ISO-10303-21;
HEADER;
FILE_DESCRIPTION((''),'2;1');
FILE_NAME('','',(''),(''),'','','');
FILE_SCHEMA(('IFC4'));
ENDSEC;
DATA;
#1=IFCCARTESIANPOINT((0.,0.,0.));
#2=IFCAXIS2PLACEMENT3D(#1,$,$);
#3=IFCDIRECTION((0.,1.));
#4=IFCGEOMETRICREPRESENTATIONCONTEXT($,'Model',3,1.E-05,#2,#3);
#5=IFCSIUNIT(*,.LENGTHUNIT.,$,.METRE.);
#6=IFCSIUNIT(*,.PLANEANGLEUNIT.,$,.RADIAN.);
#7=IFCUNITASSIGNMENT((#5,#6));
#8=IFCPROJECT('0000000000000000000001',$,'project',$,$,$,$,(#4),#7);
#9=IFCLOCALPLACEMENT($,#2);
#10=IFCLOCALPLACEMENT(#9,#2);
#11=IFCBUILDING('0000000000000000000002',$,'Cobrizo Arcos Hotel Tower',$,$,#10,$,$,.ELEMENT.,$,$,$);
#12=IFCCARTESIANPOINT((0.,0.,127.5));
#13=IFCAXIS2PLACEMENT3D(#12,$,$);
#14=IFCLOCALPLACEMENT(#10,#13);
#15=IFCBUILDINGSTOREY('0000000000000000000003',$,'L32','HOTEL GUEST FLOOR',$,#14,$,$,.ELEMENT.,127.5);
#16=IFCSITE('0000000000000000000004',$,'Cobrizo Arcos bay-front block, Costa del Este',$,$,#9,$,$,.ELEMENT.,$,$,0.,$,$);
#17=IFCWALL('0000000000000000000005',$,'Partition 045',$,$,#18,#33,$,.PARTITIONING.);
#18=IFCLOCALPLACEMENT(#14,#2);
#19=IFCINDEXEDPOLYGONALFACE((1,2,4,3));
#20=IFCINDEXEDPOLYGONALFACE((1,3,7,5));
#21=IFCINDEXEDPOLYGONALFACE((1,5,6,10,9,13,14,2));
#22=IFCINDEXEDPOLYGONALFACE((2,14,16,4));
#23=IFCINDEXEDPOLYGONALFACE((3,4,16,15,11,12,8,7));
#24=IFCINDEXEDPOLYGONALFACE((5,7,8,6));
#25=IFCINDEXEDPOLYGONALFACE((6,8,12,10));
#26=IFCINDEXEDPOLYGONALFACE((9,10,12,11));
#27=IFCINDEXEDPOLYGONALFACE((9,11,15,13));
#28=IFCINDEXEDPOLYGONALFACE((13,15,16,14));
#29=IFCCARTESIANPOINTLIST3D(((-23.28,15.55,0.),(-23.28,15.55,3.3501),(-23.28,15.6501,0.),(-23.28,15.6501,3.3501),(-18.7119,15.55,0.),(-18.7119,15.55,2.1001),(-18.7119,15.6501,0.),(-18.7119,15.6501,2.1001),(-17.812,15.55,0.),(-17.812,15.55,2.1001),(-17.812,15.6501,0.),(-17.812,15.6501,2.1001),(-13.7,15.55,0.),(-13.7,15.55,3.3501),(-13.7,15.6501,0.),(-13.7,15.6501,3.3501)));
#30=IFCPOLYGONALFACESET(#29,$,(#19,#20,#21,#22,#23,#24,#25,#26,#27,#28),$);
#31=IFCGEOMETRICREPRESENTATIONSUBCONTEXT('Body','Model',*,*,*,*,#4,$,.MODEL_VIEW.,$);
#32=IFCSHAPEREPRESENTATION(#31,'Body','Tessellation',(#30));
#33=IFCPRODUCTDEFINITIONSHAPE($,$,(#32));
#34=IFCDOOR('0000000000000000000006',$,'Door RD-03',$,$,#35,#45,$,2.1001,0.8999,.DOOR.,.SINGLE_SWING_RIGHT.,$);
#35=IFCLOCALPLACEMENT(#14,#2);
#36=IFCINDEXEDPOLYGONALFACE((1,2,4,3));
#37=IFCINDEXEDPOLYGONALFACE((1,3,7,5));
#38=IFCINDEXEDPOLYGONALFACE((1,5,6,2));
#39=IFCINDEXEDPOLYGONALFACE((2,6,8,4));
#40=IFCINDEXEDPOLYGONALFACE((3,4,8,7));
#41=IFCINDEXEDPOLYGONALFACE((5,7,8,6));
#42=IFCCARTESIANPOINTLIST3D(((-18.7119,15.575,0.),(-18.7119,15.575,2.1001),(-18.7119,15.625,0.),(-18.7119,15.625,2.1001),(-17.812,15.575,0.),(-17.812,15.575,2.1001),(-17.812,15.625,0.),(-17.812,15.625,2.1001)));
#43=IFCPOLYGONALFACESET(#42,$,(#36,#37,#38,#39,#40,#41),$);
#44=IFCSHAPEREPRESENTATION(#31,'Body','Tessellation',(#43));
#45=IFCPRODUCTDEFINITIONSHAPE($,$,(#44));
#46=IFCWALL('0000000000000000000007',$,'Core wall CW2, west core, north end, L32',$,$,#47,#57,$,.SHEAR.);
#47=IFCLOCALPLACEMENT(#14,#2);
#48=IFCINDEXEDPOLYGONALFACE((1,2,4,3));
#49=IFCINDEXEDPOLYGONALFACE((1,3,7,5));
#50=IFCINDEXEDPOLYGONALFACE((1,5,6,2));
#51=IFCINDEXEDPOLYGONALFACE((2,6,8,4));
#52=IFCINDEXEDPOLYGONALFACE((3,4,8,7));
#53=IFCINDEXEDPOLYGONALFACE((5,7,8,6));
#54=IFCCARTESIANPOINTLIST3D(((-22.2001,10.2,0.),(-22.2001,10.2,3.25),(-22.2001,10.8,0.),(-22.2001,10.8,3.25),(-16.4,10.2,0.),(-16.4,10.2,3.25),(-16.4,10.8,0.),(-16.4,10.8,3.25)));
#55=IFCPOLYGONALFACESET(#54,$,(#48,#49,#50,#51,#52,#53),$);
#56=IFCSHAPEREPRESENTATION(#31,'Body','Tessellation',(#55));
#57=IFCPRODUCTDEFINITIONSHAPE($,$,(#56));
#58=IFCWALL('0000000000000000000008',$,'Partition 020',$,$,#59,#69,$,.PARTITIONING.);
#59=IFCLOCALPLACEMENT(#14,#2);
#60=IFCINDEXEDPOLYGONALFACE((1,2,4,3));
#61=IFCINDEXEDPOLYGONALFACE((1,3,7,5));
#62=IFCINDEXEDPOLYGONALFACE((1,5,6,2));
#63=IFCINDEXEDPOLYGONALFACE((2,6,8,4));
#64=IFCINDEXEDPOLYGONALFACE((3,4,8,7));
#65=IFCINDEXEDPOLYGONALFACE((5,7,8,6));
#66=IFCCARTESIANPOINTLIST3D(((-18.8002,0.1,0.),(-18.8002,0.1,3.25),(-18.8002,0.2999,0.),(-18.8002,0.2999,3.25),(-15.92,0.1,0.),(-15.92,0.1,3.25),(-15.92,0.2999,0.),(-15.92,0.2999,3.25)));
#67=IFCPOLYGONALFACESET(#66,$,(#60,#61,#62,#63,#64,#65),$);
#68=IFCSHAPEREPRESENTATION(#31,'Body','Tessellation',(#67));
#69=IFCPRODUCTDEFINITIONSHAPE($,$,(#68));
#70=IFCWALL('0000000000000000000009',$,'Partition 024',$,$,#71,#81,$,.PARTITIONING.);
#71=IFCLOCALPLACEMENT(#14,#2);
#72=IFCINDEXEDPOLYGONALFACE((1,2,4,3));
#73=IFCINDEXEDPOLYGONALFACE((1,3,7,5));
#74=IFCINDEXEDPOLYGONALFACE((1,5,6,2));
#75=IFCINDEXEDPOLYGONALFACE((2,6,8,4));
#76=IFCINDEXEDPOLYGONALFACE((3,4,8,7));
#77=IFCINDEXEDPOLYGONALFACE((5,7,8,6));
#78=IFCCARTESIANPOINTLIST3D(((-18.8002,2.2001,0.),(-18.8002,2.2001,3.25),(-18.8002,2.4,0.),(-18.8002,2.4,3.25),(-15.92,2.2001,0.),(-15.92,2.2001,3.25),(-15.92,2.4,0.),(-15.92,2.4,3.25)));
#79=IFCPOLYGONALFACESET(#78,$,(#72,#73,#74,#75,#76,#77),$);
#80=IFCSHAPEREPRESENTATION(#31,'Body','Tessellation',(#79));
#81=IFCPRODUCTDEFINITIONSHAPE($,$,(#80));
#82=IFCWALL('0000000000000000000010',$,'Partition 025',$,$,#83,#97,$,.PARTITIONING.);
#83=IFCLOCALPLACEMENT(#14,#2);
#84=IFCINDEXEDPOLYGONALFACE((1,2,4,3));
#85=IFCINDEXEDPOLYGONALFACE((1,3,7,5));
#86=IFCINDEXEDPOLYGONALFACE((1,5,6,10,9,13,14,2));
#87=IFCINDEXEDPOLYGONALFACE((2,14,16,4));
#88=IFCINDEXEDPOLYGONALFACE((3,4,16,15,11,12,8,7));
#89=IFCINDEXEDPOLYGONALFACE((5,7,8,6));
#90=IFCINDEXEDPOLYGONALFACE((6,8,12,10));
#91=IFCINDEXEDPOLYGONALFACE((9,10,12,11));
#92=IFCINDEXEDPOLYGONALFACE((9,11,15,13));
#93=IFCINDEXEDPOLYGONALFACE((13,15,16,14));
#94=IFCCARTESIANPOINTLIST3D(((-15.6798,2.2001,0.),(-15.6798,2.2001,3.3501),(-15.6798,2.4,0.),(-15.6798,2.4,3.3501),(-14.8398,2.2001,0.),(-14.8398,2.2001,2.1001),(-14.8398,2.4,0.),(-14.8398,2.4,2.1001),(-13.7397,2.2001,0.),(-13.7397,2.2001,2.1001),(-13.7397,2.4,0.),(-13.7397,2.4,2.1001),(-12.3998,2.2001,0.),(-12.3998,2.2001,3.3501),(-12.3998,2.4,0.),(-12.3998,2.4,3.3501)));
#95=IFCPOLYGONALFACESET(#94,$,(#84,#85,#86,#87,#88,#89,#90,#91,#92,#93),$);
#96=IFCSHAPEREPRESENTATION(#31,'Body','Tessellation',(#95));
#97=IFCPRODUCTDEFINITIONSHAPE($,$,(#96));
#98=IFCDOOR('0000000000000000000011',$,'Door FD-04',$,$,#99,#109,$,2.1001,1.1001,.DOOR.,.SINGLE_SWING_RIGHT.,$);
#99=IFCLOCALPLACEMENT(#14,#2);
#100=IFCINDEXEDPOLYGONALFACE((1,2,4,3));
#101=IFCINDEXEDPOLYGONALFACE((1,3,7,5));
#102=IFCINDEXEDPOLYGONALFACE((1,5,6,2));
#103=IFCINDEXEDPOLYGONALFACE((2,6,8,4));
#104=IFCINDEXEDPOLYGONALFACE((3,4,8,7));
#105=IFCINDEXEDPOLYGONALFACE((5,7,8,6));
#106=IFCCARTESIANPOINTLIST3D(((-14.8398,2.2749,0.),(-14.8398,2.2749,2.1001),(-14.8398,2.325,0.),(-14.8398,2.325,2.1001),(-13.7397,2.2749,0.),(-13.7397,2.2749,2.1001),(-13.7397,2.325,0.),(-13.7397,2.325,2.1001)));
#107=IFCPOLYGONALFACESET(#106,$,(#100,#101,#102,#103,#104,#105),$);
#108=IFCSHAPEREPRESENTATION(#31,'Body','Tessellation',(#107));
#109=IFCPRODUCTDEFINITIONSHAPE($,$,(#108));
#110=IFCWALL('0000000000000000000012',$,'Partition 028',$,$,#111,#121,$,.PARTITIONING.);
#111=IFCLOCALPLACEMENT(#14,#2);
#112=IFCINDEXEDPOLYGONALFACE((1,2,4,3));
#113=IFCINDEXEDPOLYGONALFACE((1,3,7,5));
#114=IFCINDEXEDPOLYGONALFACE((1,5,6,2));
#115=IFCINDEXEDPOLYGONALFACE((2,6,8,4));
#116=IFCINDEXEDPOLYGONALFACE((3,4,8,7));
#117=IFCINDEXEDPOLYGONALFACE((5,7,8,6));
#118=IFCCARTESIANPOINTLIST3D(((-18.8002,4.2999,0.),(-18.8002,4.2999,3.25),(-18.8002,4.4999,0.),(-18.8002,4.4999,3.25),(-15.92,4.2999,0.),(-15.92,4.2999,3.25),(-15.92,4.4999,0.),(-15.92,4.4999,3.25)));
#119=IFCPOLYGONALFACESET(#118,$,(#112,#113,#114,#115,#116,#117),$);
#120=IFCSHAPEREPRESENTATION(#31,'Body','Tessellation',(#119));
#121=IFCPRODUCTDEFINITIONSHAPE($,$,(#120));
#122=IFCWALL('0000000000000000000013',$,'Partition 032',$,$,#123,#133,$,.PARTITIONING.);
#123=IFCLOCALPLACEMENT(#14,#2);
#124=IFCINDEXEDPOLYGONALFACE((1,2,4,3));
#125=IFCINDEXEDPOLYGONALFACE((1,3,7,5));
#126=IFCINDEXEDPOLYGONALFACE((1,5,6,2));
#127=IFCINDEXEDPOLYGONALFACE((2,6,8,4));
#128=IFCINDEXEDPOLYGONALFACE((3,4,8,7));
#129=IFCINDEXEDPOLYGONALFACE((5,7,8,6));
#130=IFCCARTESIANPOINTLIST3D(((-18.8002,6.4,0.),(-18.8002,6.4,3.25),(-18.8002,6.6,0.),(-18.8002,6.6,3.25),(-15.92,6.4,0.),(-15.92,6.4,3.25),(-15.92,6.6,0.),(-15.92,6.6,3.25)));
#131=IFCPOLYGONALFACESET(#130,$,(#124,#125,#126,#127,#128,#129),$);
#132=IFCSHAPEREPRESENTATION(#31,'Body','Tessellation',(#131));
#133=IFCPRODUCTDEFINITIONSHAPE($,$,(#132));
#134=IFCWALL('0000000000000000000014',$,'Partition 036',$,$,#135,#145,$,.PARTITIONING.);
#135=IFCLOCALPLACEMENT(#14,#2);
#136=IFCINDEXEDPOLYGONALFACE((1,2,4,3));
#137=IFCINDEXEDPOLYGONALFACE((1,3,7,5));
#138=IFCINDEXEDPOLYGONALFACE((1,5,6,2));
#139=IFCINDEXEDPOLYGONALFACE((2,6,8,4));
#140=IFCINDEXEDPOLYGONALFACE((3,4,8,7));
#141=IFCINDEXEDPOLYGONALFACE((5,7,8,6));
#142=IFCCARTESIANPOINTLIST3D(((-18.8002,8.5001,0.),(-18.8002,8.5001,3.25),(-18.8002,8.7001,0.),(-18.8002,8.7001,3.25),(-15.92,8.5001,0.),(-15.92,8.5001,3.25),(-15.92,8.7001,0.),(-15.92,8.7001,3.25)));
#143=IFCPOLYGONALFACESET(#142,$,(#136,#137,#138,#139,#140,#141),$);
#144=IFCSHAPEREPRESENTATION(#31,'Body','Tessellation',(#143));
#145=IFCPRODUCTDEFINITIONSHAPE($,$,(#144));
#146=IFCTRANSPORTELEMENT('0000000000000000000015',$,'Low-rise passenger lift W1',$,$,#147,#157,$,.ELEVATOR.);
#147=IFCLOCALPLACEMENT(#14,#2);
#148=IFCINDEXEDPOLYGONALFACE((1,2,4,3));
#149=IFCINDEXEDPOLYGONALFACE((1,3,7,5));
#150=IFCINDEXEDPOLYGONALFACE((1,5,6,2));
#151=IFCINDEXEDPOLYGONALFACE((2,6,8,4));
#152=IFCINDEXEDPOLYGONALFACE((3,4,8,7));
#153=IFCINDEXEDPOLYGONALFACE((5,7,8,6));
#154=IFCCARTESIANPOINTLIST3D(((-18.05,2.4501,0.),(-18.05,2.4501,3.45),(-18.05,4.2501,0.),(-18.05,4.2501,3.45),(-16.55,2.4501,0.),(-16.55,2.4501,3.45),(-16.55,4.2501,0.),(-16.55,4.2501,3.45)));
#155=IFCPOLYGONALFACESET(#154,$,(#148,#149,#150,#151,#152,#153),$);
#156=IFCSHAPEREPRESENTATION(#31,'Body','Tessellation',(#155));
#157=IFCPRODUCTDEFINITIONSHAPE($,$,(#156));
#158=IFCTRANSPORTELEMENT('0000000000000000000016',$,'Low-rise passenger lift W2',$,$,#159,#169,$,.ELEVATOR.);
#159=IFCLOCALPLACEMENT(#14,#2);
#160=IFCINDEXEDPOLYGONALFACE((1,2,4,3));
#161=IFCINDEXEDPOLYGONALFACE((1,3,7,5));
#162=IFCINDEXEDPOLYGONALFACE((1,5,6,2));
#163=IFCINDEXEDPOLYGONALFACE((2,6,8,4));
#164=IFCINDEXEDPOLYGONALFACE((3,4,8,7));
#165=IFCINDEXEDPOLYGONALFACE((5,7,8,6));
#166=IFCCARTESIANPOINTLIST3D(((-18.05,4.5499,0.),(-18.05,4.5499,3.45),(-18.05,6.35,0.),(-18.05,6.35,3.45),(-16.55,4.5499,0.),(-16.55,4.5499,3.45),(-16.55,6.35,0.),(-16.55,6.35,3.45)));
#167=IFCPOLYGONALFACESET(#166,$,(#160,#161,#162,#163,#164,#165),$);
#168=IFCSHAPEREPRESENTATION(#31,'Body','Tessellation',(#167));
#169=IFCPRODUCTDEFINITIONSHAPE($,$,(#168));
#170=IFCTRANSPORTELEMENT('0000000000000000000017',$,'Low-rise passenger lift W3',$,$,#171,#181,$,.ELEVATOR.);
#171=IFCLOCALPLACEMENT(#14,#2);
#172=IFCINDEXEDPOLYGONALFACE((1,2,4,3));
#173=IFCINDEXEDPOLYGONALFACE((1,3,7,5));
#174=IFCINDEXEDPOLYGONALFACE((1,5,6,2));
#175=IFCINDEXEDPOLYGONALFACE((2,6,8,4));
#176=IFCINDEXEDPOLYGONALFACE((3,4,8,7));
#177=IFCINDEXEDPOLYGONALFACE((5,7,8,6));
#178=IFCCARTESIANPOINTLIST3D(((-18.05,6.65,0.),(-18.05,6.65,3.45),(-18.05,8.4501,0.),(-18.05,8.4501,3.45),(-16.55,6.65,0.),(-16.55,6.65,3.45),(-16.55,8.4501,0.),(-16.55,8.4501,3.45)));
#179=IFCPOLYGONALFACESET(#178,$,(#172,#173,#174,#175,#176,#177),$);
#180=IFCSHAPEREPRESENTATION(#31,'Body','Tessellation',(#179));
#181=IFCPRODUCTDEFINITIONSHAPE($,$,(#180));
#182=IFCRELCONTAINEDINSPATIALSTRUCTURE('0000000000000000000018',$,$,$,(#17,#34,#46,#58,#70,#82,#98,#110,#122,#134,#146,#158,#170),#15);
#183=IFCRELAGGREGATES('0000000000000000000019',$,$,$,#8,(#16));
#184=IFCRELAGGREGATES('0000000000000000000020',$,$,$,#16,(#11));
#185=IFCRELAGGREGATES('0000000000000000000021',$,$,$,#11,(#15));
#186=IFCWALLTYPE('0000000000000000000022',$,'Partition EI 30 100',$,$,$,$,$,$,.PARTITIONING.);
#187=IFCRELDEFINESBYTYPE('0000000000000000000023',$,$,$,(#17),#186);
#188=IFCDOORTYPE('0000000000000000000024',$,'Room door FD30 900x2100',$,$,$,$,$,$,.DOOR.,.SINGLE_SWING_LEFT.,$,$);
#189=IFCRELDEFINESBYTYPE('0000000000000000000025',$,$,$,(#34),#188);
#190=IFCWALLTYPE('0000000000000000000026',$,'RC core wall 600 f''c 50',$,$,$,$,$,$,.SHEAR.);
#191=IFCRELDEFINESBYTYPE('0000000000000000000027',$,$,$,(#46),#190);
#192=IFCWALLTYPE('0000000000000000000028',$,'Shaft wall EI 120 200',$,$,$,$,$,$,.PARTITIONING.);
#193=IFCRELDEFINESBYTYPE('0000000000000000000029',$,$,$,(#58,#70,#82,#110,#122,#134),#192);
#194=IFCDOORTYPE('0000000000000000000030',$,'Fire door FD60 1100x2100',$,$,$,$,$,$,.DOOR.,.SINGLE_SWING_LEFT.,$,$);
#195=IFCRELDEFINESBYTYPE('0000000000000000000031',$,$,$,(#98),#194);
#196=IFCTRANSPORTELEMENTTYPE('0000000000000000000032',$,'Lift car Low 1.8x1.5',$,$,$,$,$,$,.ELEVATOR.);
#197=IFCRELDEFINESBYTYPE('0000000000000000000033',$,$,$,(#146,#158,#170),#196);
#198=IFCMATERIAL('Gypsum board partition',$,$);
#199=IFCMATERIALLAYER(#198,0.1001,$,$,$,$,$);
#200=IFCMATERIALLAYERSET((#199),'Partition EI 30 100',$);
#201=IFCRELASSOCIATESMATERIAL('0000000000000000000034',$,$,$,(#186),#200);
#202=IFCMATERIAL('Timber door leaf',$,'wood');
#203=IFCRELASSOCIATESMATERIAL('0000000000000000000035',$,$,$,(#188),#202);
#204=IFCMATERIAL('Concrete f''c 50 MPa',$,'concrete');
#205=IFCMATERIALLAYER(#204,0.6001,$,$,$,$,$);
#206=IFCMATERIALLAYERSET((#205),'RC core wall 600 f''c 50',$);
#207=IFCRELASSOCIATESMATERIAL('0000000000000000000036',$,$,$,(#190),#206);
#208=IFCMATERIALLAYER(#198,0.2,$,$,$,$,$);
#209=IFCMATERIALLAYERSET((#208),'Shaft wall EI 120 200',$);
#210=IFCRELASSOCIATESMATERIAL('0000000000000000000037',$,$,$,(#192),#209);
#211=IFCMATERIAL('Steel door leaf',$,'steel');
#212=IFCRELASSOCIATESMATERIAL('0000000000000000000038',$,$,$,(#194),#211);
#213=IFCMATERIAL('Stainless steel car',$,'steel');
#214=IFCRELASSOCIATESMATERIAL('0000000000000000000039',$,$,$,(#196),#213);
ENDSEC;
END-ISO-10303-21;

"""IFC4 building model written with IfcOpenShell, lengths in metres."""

from ifc_helpers import new_model, si_unit, direction, frame, frame_2d, origin, origin_2d, place, context, subcontext, project, spatial, rectangle, extrude, material, layer, layer_set, type_object, element, fill, save


model = new_model("IFC4")

# Units and contexts
model_context = context("Model", 3, precision=1e-05, world=origin(), true_north=direction((0.0, 1.0)))
body_context = subcontext(model_context, "Body", "Model", "MODEL_VIEW")
ifc_project = project(units=[si_unit("LENGTHUNIT", "METRE"), si_unit("PLANEANGLEUNIT", "RADIAN")], contexts=[model_context])

# Site, building, storey
site_placement = place(None, origin())
site = spatial("IfcSite", under=ifc_project, at=site_placement, Name="Cobrizo Arcos bay-front block, Costa del Este", CompositionType="ELEMENT", RefElevation=0.0)
building_placement = place(site_placement, origin())
building = spatial("IfcBuilding", under=site, at=building_placement, Name="Cobrizo Arcos Hotel Tower", CompositionType="ELEMENT")
storey_placement = place(building_placement, frame((0.0, 0.0, 127.5)))
storey = spatial("IfcBuildingStorey", under=building, at=storey_placement, Name="L32", Description="HOTEL GUEST FLOOR", CompositionType="ELEMENT", Elevation=127.5)

# Shared definitions
ifc_material_1 = material(Name="Gypsum board partition")

# Shared definitions
ifc_material_2 = material(Name="Timber door leaf", Category="wood")

# Wall, opening, door
ifc_layer_1 = layer(ifc_material_1, 0.1001)
ifc_layer_set_1 = layer_set([ifc_layer_1], Name="Partition EI 30 100")
wall_type_1 = type_object("IfcWallType", Name="Partition EI 30 100", PredefinedType="PARTITIONING", material=ifc_layer_set_1)
wall_1_placement = place(storey_placement, frame((-23.28, 15.6001, 0.0), z_axis=(0.0, 0.0, 1.0), x_axis=(1.0, 0.0, 0.0)))
wall_1 = element("IfcWall", 1, at=wall_1_placement, inside=storey, type_object=wall_type_1, Name="Partition 045", PredefinedType="PARTITIONING", context=body_context, shape_type="SweptSolid", body=[
    extrude(rectangle(XDim=9.5801, YDim=0.1001, at=frame_2d((4.79, 0.0))), origin(), (0.0, 0.0, 1.0), 3.3501),
])
opening_1_placement = place(wall_1_placement, frame((4.5681, 0.0, 0.0)))
opening_1 = element("IfcOpeningElement", 2, at=opening_1_placement, cuts=wall_1, PredefinedType="OPENING", context=body_context, shape_type="SweptSolid", body=[
    extrude(rectangle(XDim=0.8999, YDim=2.1001, at=frame_2d((0.45, 1.05))), frame((0.0, 0.062, 0.0), z_axis=(0.0, -1.0, 0.0), x_axis=(1.0, 0.0, 0.0)), (0.0, 0.0, 1.0), 0.124),
])
door_type_1 = type_object("IfcDoorType", Name="Room door FD30 900x2100", OperationType="SINGLE_SWING_LEFT", PredefinedType="DOOR", material=ifc_material_2)
door_1_placement = place(opening_1_placement, origin())
door_1 = element("IfcDoor", 3, at=door_1_placement, inside=storey, type_object=door_type_1, Name="Door RD-03", OperationType="SINGLE_SWING_RIGHT", OverallHeight=2.1001, OverallWidth=0.8999, PredefinedType="DOOR", context=body_context, shape_type="SweptSolid", body=[
    extrude(rectangle(XDim=0.8999, YDim=2.1001, at=frame_2d((0.45, 1.05))), frame((0.0, 0.0249, 0.0), z_axis=(0.0, -1.0, 0.0), x_axis=(1.0, 0.0, 0.0)), (0.0, 0.0, 1.0), 0.05),
])
fill(opening_1, door_1)

# Walls
ifc_material_3 = material(Name="Concrete f'c 50 MPa", Category="concrete")
ifc_layer_2 = layer(ifc_material_3, 0.6001)
ifc_layer_set_2 = layer_set([ifc_layer_2], Name="RC core wall 600 f'c 50")
wall_type_2 = type_object("IfcWallType", Name="RC core wall 600 f'c 50", PredefinedType="SHEAR", material=ifc_layer_set_2)
wall_2_placement = place(storey_placement, frame((-22.2, 10.5, 0.0), z_axis=(0.0, 0.0, 1.0), x_axis=(1.0, 0.0, 0.0)))
element("IfcWall", 4, at=wall_2_placement, inside=storey, type_object=wall_type_2, Name="Core wall CW2, west core, north end, L32", PredefinedType="SHEAR", context=body_context, shape_type="SweptSolid", body=[
    extrude(rectangle(XDim=5.8, YDim=0.6001, at=frame_2d((2.8999, 0.0))), origin(), (0.0, 0.0, 1.0), 3.25),
])
ifc_layer_3 = layer(ifc_material_1, 0.2)
ifc_layer_set_3 = layer_set([ifc_layer_3], Name="Shaft wall EI 120 200")
wall_type_3 = type_object("IfcWallType", Name="Shaft wall EI 120 200", PredefinedType="PARTITIONING", material=ifc_layer_set_3)
for number, where, z_axis, x_axis, name in (
    (5, (-18.8, 0.2, 0.0), (0.0, 0.0, 1.0), (1.0, 0.0, 0.0), "Partition 020"),
    (6, (-18.8, 2.3, 0.0), (0.0, 0.0, 1.0), (1.0, 0.0, 0.0), "Partition 024"),
):
    element("IfcWall", number, at=place(storey_placement, frame(where, z_axis=z_axis, x_axis=x_axis)), inside=storey, type_object=wall_type_3, Name=name, PredefinedType="PARTITIONING", context=body_context, shape_type="SweptSolid", body=[
        extrude(rectangle(XDim=2.8801, YDim=0.2, at=frame_2d((1.4399, 0.0))), origin(), (0.0, 0.0, 1.0), 3.25),
    ])

# Wall, opening, door
wall_3_placement = place(storey_placement, frame((-15.6799, 2.3, 0.0), z_axis=(0.0, 0.0, 1.0), x_axis=(1.0, 0.0, 0.0)))
wall_3 = element("IfcWall", 7, at=wall_3_placement, inside=storey, type_object=wall_type_3, Name="Partition 025", PredefinedType="PARTITIONING", context=body_context, shape_type="SweptSolid", body=[
    extrude(rectangle(XDim=3.28, YDim=0.2, at=frame_2d((1.6401, 0.0))), origin(), (0.0, 0.0, 1.0), 3.3501),
])
opening_2_placement = place(wall_3_placement, frame((0.8401, 0.0, 0.0)))
opening_2 = element("IfcOpeningElement", 8, at=opening_2_placement, cuts=wall_3, PredefinedType="OPENING", context=body_context, shape_type="SweptSolid", body=[
    extrude(rectangle(XDim=1.1001, YDim=2.1001, at=frame_2d((0.55, 1.05))), frame((0.0, 0.1121, 0.0), z_axis=(0.0, -1.0, 0.0), x_axis=(1.0, 0.0, 0.0)), (0.0, 0.0, 1.0), 0.2239),
])
ifc_material_4 = material(Name="Steel door leaf", Category="steel")
door_type_2 = type_object("IfcDoorType", Name="Fire door FD60 1100x2100", OperationType="SINGLE_SWING_LEFT", PredefinedType="DOOR", material=ifc_material_4)
door_2_placement = place(opening_2_placement, origin())
door_2 = element("IfcDoor", 9, at=door_2_placement, inside=storey, type_object=door_type_2, Name="Door FD-04", OperationType="SINGLE_SWING_RIGHT", OverallHeight=2.1001, OverallWidth=1.1001, PredefinedType="DOOR", context=body_context, shape_type="SweptSolid", body=[
    extrude(rectangle(XDim=1.1001, YDim=2.1001, at=frame_2d((0.55, 1.05))), frame((0.0, 0.0249, 0.0), z_axis=(0.0, -1.0, 0.0), x_axis=(1.0, 0.0, 0.0)), (0.0, 0.0, 1.0), 0.05),
])
fill(opening_2, door_2)

# Walls
for number, where, z_axis, x_axis, name in (
    (10, (-18.8, 4.3999, 0.0), (0.0, 0.0, 1.0), (1.0, 0.0, 0.0), "Partition 028"),
    (11, (-18.8, 6.5, 0.0), (0.0, 0.0, 1.0), (1.0, 0.0, 0.0), "Partition 032"),
    (12, (-18.8, 8.6001, 0.0), (0.0, 0.0, 1.0), (1.0, 0.0, 0.0), "Partition 036"),
):
    element("IfcWall", number, at=place(storey_placement, frame(where, z_axis=z_axis, x_axis=x_axis)), inside=storey, type_object=wall_type_3, Name=name, PredefinedType="PARTITIONING", context=body_context, shape_type="SweptSolid", body=[
        extrude(rectangle(XDim=2.8801, YDim=0.2, at=frame_2d((1.4399, 0.0))), origin(), (0.0, 0.0, 1.0), 3.25),
    ])

# Transport elements
ifc_material_5 = material(Name="Stainless steel car", Category="steel")
transport_element_type = type_object("IfcTransportElementType", Name="Lift car Low 1.8x1.5", PredefinedType="ELEVATOR", material=ifc_material_5)
for number, where, z_axis, x_axis, name in (
    (13, (-17.3, 3.3501, 0.0), (0.0, 0.0, 1.0), (1.0, 0.0, 0.0), "Low-rise passenger lift W1"),
    (14, (-17.3, 5.45, 0.0), (0.0, 0.0, 1.0), (1.0, 0.0, 0.0), "Low-rise passenger lift W2"),
    (15, (-17.3, 7.55, 0.0), (0.0, 0.0, 1.0), (1.0, 0.0, 0.0), "Low-rise passenger lift W3"),
):
    element("IfcTransportElement", number, at=place(storey_placement, frame(where, z_axis=z_axis, x_axis=x_axis)), inside=storey, type_object=transport_element_type, Name=name, PredefinedType="ELEVATOR", context=body_context, shape_type="SweptSolid", body=[
        extrude(rectangle(XDim=1.5, YDim=1.8, at=origin_2d()), origin(), (0.0, 0.0, 1.0), 3.45),
    ])

save(model, "model.ifc")
